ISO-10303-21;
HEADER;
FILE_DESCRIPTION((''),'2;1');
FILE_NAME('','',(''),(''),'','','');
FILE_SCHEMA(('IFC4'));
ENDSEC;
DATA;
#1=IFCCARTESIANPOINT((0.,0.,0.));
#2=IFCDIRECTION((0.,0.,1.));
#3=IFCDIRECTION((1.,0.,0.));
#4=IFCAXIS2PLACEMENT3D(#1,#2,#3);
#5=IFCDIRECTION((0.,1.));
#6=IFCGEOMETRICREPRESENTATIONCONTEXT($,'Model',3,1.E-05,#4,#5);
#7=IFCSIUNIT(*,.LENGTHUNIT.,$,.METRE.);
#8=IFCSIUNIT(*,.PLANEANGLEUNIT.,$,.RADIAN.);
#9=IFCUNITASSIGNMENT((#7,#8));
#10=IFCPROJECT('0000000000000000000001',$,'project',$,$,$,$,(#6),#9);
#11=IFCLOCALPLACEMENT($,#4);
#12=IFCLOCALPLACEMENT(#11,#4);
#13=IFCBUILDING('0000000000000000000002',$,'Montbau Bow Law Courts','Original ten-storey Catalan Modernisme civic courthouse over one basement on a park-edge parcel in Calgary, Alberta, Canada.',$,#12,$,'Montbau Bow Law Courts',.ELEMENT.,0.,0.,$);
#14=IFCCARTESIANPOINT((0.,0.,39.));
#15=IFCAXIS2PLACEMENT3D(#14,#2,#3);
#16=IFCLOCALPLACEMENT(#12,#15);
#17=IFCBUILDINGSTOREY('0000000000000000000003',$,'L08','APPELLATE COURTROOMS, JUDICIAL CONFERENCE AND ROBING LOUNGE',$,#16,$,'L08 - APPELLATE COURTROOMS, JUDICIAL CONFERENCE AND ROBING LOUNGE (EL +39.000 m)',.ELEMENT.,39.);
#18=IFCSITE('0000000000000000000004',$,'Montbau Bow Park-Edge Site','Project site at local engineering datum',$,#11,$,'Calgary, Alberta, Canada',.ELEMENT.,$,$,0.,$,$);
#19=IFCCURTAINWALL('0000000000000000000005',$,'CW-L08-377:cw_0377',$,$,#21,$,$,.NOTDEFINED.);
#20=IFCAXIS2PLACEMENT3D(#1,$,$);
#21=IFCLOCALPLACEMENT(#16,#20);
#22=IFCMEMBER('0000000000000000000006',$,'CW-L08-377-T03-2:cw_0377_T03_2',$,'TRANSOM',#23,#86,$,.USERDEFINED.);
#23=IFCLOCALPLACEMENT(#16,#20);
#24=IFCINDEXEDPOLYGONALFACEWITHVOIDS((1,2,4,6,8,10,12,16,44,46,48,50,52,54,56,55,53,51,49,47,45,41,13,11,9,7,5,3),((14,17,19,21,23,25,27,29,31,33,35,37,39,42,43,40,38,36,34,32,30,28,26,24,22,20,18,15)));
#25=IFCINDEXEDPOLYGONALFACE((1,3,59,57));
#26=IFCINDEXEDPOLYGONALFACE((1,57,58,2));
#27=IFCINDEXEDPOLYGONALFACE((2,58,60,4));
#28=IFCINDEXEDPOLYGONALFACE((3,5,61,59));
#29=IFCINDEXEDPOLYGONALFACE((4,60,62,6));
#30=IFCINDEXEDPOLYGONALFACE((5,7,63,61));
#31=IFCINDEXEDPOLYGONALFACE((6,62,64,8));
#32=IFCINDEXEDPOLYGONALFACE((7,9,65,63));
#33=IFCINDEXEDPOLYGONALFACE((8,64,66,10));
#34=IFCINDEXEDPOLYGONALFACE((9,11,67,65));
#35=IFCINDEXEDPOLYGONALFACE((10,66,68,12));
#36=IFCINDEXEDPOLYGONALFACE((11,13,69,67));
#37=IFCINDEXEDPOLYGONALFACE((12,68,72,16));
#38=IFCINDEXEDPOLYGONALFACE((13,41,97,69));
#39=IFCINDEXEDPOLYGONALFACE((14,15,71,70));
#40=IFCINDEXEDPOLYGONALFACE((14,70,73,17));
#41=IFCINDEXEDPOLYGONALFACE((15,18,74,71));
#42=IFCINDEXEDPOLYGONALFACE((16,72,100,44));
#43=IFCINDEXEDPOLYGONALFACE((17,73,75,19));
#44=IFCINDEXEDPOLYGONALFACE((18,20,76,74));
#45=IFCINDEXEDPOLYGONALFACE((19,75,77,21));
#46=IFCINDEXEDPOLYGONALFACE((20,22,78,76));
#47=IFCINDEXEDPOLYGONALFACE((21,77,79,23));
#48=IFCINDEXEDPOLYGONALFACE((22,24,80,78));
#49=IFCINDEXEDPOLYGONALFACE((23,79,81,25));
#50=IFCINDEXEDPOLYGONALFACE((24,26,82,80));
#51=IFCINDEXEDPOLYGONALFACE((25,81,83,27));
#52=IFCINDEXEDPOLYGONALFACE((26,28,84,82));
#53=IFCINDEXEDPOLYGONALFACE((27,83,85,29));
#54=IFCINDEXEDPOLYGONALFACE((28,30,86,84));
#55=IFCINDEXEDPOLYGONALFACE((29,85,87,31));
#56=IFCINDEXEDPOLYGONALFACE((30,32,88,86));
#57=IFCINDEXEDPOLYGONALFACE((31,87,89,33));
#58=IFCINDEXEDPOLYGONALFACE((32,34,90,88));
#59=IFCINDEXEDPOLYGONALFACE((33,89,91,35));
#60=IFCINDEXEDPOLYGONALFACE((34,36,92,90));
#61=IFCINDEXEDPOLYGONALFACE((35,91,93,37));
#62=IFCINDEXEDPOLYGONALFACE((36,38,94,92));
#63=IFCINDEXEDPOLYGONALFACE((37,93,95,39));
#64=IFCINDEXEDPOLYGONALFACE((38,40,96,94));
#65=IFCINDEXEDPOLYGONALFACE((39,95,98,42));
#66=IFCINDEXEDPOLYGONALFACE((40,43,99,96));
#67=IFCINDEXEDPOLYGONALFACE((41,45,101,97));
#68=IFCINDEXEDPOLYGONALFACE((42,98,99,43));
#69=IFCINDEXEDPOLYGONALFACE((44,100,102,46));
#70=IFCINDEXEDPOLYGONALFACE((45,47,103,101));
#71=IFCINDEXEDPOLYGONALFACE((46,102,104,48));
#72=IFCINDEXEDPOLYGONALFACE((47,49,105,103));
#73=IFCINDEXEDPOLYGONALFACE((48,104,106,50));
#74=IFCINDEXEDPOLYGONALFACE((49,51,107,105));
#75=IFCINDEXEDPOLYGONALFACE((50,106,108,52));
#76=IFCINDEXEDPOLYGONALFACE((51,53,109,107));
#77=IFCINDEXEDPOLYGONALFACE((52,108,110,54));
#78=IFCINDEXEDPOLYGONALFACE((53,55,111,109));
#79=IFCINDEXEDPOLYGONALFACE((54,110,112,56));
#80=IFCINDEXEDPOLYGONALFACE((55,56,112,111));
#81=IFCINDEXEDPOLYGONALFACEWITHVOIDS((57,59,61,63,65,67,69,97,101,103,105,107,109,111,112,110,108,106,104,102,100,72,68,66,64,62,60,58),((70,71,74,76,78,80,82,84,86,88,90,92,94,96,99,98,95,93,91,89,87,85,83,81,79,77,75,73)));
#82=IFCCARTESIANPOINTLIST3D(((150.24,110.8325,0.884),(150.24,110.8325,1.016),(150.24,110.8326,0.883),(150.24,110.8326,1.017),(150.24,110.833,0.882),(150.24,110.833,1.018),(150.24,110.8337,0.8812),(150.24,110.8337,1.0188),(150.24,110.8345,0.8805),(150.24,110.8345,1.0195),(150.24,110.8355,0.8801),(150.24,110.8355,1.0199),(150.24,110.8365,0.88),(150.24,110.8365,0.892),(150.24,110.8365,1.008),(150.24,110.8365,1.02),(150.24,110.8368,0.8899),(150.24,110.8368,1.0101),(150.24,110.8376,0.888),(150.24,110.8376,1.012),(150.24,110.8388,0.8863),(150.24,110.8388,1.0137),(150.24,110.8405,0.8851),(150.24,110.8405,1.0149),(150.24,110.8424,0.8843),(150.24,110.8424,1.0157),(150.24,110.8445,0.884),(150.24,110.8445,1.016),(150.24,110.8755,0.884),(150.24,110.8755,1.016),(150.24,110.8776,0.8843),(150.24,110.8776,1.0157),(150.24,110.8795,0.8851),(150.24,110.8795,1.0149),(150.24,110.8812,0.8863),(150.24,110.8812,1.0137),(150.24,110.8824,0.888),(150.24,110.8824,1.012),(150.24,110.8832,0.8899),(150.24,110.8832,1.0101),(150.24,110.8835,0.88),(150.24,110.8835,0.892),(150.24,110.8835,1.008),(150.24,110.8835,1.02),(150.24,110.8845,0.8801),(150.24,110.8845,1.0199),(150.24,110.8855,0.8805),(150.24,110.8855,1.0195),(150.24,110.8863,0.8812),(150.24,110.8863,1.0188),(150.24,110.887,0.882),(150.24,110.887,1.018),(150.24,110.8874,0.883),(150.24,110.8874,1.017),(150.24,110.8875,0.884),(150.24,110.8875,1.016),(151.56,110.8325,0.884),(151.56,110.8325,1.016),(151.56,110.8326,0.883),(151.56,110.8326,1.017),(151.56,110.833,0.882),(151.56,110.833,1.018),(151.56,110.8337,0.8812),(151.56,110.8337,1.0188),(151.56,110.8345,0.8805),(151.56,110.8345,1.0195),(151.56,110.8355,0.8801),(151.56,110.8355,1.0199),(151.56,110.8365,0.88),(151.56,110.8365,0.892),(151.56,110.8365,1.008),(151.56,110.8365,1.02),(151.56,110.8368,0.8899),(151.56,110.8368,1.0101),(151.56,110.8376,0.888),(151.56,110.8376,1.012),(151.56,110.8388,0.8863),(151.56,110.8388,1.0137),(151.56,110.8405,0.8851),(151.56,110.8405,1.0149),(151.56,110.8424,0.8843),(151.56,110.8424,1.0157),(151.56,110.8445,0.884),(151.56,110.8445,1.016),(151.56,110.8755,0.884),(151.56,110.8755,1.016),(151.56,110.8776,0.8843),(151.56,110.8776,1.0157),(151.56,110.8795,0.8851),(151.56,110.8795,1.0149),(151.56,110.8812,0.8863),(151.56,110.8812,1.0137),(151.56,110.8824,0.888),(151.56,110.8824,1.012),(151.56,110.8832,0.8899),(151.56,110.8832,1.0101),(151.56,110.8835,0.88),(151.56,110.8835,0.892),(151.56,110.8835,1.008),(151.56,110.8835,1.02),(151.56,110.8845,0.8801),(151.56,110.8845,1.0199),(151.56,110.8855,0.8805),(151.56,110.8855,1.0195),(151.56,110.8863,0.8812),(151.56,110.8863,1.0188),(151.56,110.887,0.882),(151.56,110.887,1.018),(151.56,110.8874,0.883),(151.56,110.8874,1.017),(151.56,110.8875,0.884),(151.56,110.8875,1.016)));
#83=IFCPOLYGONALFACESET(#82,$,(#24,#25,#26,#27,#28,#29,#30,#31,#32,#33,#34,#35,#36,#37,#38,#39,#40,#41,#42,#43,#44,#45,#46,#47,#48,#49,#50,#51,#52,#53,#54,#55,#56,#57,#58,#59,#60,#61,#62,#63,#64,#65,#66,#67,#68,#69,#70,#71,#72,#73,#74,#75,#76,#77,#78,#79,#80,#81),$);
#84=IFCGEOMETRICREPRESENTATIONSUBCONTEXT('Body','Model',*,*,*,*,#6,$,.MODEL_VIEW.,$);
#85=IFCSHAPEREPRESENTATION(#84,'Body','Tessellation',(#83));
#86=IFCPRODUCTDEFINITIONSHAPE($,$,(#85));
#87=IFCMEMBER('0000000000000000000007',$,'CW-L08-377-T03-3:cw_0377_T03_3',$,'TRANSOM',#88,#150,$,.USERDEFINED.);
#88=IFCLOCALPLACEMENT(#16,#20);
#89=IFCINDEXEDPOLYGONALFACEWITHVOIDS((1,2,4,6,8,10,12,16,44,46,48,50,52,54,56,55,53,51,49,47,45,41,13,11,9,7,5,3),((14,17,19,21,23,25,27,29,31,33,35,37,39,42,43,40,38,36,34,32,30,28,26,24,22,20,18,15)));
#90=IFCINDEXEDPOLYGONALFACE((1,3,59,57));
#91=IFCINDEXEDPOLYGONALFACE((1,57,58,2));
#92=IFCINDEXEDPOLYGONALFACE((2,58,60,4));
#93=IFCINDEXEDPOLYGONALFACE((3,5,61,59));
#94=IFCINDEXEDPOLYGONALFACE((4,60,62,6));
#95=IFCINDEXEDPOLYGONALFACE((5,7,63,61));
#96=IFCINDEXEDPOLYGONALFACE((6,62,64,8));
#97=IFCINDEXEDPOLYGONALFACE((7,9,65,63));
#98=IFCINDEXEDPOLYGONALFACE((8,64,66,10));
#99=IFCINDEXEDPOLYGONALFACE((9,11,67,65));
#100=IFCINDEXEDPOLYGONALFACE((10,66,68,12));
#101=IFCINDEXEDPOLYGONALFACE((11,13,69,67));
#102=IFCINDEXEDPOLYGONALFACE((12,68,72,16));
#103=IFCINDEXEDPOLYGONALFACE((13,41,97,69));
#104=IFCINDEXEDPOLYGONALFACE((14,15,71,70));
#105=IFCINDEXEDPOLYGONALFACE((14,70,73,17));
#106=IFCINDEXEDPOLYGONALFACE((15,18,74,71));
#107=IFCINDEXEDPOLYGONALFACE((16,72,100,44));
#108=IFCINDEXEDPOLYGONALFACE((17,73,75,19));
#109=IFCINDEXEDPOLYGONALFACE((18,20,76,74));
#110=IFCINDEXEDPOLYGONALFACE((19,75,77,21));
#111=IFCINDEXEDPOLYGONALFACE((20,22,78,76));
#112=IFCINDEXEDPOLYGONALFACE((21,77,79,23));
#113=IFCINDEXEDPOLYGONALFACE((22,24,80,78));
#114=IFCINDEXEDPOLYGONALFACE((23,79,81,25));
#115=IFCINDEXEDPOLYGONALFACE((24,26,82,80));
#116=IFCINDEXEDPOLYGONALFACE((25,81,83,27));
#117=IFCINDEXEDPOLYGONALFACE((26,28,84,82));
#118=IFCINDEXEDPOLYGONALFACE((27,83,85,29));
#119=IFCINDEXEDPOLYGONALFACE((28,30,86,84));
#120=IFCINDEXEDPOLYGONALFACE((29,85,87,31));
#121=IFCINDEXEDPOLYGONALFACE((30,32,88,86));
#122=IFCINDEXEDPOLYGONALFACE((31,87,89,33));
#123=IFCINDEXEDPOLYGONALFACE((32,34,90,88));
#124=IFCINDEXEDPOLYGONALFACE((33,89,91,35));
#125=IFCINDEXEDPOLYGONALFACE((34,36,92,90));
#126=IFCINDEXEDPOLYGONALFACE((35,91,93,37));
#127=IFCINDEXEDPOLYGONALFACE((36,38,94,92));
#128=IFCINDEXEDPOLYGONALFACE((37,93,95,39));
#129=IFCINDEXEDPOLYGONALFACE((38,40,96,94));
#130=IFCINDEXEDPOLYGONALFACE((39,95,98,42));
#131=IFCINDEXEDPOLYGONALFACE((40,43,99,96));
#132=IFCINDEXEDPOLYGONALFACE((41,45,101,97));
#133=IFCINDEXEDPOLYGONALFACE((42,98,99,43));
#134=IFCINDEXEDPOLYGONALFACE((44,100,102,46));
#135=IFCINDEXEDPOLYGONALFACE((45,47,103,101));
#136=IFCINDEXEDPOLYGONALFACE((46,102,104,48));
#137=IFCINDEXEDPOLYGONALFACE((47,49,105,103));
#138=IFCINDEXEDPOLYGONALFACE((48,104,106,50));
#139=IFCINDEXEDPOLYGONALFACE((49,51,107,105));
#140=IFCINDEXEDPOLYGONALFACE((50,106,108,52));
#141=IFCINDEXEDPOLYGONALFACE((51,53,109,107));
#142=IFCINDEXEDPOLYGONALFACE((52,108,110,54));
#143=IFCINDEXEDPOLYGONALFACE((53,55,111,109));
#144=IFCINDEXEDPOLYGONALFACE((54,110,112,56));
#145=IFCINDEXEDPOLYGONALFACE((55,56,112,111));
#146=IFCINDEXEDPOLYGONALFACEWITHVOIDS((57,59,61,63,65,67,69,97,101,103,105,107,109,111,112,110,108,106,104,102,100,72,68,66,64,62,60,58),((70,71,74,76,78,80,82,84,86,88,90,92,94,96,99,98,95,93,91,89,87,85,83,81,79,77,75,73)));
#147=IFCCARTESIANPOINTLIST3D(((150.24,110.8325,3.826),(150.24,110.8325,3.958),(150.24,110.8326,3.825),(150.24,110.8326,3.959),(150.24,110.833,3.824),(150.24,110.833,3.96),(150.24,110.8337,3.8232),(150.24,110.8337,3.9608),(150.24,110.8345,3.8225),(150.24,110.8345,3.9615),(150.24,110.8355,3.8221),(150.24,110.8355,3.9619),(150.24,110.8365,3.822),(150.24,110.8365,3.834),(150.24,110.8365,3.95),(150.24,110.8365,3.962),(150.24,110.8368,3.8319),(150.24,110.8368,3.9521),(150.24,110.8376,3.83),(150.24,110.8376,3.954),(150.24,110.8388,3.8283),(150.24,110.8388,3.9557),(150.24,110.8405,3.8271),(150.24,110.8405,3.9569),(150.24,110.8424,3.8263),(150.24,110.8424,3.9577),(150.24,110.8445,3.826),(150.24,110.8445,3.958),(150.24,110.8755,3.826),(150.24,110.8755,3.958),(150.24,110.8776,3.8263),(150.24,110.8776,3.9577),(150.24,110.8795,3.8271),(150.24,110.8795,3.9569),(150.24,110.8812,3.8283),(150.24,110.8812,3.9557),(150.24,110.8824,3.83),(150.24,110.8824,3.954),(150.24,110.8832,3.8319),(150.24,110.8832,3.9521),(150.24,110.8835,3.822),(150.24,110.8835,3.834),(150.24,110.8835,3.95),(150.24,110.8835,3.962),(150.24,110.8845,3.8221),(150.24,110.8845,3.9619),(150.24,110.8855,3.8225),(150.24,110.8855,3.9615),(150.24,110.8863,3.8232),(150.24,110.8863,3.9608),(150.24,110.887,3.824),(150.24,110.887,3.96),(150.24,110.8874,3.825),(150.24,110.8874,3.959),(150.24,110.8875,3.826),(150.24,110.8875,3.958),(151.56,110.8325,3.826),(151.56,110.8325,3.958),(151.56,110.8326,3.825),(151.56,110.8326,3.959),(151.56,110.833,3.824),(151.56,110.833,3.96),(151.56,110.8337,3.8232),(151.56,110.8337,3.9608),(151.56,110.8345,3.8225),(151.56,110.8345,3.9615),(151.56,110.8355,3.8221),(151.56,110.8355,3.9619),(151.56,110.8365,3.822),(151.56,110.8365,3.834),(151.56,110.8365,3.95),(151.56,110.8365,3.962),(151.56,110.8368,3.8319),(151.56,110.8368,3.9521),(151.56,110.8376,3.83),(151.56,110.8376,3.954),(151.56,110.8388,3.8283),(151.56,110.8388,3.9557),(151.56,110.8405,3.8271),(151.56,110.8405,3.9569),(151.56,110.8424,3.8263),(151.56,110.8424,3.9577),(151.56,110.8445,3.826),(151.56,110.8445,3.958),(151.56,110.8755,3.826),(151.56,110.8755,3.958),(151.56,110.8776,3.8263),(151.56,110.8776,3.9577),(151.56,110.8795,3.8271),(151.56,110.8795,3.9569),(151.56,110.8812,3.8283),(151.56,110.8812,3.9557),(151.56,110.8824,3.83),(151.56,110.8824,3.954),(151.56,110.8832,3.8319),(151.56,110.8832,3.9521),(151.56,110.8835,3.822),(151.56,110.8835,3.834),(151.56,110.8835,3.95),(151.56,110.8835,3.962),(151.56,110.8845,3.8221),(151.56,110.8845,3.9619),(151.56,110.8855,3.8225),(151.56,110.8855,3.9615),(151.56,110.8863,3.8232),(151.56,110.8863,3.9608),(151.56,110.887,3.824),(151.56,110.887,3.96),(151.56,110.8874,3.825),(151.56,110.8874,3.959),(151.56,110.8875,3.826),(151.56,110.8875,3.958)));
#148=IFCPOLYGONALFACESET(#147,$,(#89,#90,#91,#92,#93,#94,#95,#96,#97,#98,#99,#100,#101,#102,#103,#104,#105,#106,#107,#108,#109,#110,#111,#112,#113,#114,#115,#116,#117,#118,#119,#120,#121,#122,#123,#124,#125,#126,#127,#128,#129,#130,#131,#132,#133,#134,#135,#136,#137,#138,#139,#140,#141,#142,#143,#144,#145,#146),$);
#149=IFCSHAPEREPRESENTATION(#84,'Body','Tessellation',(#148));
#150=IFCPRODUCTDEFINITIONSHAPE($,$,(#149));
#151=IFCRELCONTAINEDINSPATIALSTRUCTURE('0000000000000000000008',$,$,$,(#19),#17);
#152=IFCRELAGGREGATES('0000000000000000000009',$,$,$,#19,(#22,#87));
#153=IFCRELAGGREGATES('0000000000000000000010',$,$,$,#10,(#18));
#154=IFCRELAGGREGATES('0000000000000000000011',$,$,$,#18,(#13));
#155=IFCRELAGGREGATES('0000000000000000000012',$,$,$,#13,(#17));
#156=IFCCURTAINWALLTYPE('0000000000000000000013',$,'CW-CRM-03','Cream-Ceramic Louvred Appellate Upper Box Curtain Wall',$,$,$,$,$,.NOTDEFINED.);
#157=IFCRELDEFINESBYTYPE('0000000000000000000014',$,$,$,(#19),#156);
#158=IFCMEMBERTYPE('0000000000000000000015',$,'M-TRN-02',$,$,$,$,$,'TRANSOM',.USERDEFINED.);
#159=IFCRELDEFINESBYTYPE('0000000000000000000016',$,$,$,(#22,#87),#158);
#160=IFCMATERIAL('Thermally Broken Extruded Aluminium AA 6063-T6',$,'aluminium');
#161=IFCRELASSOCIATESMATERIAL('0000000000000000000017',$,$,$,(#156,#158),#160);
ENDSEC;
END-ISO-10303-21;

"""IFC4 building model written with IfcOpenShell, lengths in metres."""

from ifc_helpers import new_model, si_unit, direction, frame, origin_with_axes, origin_2d_with_axis, place, context, subcontext, project, spatial, hollow_rectangle, extrude, material, material_profile, profile_set, type_object, element, aggregate, save


model = new_model("IFC4")

# Units and contexts
model_context = context("Model", 3, precision=1e-05, world=origin_with_axes(), true_north=direction((0.0, 1.0)))
body_context = subcontext(model_context, "Body", "Model", "MODEL_VIEW")
ifc_project = project(units=[si_unit("LENGTHUNIT", "METRE"), si_unit("PLANEANGLEUNIT", "RADIAN")], contexts=[model_context])

# Site, building, storey
site_placement = place(None, origin_with_axes())
site = spatial("IfcSite", under=ifc_project, at=site_placement, Name="Montbau Bow Park-Edge Site", Description="Project site at local engineering datum", LongName="Calgary, Alberta, Canada", CompositionType="ELEMENT", RefElevation=0.0)
building_placement = place(site_placement, origin_with_axes())
building = spatial("IfcBuilding", under=site, at=building_placement, Name="Montbau Bow Law Courts", Description="Original ten-storey Catalan Modernisme civic courthouse over one basement on a park-edge parcel in Calgary, Alberta, Canada.", LongName="Montbau Bow Law Courts", CompositionType="ELEMENT", ElevationOfRefHeight=0.0, ElevationOfTerrain=0.0)
storey_placement = place(building_placement, frame((0.0, 0.0, 39.0), z_axis=(0.0, 0.0, 1.0), x_axis=(1.0, 0.0, 0.0)))
storey = spatial("IfcBuildingStorey", under=building, at=storey_placement, Name="L08", Description="APPELLATE COURTROOMS, JUDICIAL CONFERENCE AND ROBING LOUNGE", LongName="L08 - APPELLATE COURTROOMS, JUDICIAL CONFERENCE AND ROBING LOUNGE (EL +39.000 m)", CompositionType="ELEMENT", Elevation=39.0)

# Curtain wall, members
ifc_material_1 = material(Name="Thermally Broken Extruded Aluminium AA 6063-T6", Category="aluminium")
curtain_wall_type = type_object("IfcCurtainWallType", Name="CW-CRM-03", Description="Cream-Ceramic Louvred Appellate Upper Box Curtain Wall", PredefinedType="NOTDEFINED", material=ifc_material_1)
curtain_wall_placement = place(None, frame((147.44, 110.86, 39.0), z_axis=(0.0, 0.0, 1.0), x_axis=(1.0, 0.0, 0.0)))
curtain_wall = element("IfcCurtainWall", 1, at=curtain_wall_placement, inside=storey, type_object=curtain_wall_type, Name="CW-L08-377:cw_0377", PredefinedType="NOTDEFINED")
ifc_material_profile_1 = material_profile(ifc_material_1, hollow_rectangle(XDim=0.055, YDim=0.14, WallThickness=0.004, InnerFilletRadius=0.008, OuterFilletRadius=0.004, at=origin_2d_with_axis()), Name="CWT-140X55", Category="Main", Priority=0)
ifc_profile_set_1 = profile_set([ifc_material_profile_1], Name="Thermally Broken Extruded Aluminium AA 6063-T6")
member_type_1 = type_object("IfcMemberType", Name="M-TRN-02", ElementType="TRANSOM", PredefinedType="USERDEFINED", material=ifc_profile_set_1)
member_1_placement = place(None, frame((150.24, 110.86, 39.95), z_axis=(1.0, 0.0, 0.0), x_axis=(0.0, 1.0, 0.0)))
member_1 = element("IfcMember", 2, at=member_1_placement, type_object=member_type_1, Name="CW-L08-377-T03-2:cw_0377_T03_2", ObjectType="TRANSOM", PredefinedType="USERDEFINED", context=body_context, shape_type="SweptSolid", body=[
    extrude(hollow_rectangle(XDim=0.055, YDim=0.14, WallThickness=0.004, InnerFilletRadius=0.008, OuterFilletRadius=0.004, at=origin_2d_with_axis()), origin_with_axes(), (0.0, 0.0, 1.0), 1.32),
])
member_2_placement = place(None, frame((150.24, 110.86, 42.892), z_axis=(1.0, 0.0, 0.0), x_axis=(0.0, 1.0, 0.0)))
member_2 = element("IfcMember", 3, at=member_2_placement, type_object=member_type_1, Name="CW-L08-377-T03-3:cw_0377_T03_3", ObjectType="TRANSOM", PredefinedType="USERDEFINED", context=body_context, shape_type="SweptSolid", body=[
    extrude(hollow_rectangle(XDim=0.055, YDim=0.14, WallThickness=0.004, InnerFilletRadius=0.008, OuterFilletRadius=0.004, at=origin_2d_with_axis()), origin_with_axes(), (0.0, 0.0, 1.0), 1.32),
])
aggregate(curtain_wall, [member_1, member_2])

save(model, "model.ifc")
